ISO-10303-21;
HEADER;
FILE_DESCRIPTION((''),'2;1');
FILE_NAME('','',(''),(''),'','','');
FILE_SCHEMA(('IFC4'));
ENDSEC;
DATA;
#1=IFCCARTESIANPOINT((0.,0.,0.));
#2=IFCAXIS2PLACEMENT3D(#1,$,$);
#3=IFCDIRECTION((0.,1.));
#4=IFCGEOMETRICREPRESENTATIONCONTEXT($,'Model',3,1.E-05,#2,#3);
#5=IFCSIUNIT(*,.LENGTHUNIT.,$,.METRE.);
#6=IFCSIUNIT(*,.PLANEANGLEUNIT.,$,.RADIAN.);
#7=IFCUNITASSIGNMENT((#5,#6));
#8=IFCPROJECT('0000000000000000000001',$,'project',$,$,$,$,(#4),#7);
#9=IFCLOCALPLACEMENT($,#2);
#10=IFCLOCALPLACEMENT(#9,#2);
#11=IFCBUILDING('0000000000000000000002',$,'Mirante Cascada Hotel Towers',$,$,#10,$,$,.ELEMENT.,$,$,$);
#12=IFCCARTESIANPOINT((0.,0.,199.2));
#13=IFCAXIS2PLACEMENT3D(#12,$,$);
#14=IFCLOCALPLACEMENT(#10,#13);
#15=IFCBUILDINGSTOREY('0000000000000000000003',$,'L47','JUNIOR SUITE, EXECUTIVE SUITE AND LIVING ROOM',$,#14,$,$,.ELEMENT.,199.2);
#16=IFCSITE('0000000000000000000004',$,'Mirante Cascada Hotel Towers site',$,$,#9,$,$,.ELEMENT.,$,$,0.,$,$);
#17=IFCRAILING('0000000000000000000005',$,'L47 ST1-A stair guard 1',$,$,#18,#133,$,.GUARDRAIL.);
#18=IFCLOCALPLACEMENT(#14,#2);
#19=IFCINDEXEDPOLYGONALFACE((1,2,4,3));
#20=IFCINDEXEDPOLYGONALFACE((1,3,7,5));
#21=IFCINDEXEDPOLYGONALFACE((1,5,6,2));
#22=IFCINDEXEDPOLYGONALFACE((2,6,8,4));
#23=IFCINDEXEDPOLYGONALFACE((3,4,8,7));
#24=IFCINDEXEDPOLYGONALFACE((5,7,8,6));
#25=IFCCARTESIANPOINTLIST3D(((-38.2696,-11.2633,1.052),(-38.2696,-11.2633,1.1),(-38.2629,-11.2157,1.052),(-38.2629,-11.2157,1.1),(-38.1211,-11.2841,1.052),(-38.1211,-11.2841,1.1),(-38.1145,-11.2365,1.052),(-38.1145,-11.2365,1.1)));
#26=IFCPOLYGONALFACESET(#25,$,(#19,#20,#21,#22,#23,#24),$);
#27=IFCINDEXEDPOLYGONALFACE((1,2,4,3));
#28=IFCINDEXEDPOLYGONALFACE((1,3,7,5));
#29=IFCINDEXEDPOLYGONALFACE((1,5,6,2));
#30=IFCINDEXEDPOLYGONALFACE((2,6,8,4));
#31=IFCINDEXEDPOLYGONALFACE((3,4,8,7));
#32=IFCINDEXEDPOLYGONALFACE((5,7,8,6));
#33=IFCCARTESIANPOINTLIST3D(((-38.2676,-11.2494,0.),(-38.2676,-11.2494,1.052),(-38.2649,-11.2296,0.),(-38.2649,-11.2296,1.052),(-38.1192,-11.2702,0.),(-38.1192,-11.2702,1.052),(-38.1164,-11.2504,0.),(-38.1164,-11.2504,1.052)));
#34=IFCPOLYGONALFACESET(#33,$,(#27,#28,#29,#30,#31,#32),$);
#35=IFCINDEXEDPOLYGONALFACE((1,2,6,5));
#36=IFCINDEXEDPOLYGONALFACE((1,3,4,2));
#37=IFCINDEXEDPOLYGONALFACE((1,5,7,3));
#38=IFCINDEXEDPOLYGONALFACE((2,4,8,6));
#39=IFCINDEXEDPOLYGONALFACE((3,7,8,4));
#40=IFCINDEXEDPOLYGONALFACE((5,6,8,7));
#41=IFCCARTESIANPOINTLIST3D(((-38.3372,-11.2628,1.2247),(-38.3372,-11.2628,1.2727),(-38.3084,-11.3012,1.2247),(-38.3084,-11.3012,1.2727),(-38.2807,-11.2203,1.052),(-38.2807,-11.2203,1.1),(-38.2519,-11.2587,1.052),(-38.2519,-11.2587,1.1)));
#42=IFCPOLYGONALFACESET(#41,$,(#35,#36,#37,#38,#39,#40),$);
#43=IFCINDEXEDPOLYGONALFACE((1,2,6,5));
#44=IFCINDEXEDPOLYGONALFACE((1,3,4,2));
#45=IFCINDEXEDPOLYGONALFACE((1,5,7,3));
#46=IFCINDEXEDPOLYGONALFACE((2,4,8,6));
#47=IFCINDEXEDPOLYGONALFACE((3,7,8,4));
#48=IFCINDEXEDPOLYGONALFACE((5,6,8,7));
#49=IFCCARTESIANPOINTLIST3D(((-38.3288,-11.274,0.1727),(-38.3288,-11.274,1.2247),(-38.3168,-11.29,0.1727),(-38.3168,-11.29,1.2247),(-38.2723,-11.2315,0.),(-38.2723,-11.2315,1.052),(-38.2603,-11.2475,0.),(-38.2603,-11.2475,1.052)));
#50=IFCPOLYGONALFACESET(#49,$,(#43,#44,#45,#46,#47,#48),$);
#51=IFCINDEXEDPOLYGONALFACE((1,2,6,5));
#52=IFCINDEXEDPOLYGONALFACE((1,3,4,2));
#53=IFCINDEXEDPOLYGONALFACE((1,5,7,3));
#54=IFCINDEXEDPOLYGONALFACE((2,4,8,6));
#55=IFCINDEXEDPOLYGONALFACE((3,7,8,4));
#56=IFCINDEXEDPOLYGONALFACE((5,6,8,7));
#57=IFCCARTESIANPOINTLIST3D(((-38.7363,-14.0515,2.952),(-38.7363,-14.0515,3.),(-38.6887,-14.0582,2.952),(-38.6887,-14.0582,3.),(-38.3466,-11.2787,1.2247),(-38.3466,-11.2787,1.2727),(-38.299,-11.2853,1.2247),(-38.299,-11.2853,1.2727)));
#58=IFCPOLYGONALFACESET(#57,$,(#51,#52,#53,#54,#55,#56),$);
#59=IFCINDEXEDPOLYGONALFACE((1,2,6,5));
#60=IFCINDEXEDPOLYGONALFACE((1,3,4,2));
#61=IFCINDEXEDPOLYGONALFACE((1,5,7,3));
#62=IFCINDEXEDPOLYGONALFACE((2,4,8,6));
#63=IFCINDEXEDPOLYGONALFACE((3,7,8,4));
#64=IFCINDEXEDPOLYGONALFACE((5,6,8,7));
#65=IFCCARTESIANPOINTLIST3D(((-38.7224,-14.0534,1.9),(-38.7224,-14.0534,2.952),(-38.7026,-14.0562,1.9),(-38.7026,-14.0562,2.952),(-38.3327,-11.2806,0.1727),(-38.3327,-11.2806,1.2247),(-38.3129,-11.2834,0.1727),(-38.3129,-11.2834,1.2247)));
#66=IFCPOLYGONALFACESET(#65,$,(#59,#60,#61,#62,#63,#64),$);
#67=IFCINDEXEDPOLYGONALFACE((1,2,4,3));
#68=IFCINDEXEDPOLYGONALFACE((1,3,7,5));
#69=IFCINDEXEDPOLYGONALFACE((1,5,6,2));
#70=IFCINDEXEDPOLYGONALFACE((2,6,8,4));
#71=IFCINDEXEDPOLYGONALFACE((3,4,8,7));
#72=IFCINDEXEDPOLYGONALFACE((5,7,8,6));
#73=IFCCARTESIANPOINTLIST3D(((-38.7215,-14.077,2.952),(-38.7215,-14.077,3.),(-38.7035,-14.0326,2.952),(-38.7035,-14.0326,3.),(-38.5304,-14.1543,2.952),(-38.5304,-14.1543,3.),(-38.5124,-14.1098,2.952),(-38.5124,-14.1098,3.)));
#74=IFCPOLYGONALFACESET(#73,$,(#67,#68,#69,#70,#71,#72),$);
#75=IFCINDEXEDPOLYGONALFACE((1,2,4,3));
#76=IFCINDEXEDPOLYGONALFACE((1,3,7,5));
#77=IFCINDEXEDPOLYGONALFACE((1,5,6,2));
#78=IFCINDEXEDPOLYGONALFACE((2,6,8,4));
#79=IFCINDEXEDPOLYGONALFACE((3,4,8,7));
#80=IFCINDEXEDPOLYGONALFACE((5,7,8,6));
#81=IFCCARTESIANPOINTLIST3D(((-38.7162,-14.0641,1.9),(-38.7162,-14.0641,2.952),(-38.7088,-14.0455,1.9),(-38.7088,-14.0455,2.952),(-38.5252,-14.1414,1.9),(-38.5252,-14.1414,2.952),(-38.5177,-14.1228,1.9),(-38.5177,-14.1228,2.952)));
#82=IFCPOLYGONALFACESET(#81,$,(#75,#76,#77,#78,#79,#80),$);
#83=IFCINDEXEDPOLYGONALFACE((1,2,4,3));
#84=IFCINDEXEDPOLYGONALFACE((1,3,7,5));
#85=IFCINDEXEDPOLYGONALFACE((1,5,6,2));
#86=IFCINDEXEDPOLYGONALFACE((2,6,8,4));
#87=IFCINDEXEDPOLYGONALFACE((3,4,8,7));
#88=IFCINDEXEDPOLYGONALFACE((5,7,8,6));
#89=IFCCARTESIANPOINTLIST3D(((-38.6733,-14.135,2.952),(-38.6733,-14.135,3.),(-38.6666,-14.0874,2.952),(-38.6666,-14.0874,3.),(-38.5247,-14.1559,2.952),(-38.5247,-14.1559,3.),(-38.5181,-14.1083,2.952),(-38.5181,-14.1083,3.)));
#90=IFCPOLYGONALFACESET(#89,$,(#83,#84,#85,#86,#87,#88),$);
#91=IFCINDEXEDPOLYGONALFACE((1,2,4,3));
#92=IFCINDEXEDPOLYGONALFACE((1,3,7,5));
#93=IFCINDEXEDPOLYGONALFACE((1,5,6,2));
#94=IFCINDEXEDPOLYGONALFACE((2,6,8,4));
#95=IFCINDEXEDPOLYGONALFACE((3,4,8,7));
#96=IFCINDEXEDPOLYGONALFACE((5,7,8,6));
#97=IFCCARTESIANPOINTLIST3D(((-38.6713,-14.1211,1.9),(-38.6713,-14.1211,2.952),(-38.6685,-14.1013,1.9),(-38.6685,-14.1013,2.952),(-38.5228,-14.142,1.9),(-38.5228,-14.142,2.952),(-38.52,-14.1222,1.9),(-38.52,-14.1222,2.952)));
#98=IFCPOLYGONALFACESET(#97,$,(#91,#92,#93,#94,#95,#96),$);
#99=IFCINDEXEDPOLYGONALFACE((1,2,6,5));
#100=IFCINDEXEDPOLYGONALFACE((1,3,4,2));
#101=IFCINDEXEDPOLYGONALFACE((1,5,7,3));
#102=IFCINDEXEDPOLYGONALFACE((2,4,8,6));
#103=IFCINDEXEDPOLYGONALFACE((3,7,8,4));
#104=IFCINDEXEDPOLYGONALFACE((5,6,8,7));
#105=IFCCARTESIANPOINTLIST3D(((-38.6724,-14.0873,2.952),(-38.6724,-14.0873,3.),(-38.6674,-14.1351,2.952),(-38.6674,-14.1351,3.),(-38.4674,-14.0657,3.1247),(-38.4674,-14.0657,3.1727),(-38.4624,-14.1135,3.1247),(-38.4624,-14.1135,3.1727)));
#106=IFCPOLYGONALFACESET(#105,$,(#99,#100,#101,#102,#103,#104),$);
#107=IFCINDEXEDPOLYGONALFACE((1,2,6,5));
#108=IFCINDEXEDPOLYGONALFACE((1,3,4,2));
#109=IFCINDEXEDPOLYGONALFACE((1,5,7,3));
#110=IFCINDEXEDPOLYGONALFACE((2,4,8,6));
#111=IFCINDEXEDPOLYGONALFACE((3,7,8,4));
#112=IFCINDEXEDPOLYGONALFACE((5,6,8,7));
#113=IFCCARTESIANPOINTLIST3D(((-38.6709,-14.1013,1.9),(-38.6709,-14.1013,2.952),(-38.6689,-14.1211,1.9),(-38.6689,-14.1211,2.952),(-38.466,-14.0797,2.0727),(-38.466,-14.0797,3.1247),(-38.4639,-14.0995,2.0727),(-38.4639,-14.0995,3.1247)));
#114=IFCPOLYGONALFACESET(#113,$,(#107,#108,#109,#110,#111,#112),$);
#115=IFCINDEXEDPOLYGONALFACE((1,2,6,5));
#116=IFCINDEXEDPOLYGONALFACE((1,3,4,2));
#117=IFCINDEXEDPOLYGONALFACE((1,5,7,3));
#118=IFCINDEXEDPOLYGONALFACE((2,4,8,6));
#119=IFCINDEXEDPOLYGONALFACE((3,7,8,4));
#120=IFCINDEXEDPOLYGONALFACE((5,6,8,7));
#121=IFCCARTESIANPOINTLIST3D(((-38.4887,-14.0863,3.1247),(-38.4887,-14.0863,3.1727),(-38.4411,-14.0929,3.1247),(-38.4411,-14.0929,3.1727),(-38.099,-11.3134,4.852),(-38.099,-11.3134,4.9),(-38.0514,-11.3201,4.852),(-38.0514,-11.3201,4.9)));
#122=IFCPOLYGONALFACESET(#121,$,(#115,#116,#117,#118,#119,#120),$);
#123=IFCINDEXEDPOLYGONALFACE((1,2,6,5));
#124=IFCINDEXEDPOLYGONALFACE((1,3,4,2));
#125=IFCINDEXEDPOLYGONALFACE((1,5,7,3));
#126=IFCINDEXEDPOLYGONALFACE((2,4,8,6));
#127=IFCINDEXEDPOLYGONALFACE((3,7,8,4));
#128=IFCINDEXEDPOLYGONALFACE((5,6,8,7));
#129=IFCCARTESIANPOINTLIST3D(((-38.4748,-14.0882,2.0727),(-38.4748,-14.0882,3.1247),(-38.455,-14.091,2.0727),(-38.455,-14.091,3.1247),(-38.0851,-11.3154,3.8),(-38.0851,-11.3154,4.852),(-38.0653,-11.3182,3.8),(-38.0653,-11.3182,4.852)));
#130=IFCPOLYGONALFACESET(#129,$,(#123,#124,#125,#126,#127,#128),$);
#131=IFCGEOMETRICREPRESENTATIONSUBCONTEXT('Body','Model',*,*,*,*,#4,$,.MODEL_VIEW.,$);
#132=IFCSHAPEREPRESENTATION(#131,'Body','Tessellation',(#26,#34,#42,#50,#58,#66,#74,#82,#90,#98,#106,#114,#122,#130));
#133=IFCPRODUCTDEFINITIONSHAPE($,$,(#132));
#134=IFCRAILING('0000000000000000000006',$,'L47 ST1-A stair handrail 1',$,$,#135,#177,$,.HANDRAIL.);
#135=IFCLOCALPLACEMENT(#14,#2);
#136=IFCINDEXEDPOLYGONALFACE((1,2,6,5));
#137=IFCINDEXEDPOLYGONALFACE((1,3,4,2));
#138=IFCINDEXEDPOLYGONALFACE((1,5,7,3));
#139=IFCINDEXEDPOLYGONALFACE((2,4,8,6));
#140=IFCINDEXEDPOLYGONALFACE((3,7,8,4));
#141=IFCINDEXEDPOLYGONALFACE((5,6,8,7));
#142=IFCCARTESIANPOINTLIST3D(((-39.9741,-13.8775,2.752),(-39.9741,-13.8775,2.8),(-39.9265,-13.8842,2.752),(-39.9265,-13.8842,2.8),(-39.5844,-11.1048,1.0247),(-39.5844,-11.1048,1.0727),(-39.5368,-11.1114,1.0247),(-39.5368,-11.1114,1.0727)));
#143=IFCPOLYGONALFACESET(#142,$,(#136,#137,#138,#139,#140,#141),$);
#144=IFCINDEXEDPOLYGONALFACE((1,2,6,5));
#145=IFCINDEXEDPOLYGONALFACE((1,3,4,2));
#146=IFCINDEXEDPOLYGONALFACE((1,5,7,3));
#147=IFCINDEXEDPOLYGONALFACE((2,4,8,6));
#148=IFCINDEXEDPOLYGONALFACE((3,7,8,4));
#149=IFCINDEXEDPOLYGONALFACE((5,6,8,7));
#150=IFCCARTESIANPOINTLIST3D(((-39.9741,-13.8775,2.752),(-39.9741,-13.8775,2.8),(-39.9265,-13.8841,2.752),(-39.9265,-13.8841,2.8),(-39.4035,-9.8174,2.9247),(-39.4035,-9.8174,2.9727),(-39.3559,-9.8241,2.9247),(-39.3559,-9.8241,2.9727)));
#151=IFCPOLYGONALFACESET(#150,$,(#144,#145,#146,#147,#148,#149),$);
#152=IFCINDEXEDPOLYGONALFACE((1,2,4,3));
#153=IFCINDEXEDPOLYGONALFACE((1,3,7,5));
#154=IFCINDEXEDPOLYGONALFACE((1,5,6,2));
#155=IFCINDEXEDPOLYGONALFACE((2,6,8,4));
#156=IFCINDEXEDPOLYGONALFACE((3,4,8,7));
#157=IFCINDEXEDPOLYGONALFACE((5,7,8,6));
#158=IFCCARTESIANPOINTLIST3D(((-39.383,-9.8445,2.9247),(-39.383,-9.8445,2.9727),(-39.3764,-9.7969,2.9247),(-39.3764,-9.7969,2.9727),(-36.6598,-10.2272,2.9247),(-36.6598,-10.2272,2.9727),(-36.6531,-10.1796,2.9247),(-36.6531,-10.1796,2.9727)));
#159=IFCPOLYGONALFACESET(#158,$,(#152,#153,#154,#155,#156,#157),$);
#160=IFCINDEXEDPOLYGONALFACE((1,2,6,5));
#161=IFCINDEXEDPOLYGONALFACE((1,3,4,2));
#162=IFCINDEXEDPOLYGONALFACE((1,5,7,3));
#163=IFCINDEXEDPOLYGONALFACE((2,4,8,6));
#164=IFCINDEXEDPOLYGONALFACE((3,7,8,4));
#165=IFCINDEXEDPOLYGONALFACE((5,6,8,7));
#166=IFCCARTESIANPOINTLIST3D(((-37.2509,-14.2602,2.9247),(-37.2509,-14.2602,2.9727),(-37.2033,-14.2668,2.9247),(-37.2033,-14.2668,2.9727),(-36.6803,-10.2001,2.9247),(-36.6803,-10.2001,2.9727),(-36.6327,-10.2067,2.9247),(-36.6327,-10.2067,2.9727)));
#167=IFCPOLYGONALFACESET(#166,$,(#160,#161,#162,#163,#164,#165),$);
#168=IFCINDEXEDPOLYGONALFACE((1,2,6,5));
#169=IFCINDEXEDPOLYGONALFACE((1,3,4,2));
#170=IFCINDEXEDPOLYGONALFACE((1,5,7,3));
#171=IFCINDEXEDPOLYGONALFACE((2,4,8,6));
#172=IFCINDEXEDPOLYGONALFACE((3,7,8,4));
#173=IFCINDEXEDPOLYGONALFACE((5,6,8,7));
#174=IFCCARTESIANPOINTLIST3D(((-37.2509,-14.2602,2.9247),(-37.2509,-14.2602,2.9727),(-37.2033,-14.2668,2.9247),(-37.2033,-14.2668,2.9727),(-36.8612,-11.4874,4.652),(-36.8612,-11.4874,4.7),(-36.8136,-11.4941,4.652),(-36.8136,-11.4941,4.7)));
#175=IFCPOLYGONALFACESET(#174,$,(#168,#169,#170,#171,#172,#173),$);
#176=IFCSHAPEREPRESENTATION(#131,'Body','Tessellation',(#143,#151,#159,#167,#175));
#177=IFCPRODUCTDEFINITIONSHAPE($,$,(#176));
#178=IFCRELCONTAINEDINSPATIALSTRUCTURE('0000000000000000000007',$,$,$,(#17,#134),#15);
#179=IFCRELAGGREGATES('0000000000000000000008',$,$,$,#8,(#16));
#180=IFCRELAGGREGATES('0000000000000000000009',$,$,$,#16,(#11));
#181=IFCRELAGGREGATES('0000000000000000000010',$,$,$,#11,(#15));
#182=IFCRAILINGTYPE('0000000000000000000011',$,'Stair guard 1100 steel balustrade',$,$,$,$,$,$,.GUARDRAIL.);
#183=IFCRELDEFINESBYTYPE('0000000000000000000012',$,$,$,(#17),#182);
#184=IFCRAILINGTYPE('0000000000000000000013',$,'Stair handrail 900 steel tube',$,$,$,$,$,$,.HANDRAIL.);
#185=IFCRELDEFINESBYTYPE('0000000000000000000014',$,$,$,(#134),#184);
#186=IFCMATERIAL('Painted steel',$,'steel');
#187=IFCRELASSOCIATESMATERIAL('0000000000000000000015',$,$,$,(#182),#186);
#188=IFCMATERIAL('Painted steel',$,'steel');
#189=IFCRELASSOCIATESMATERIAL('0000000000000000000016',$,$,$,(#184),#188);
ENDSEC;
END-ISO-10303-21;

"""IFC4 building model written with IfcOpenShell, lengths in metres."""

from ifc_helpers import new_model, si_unit, direction, frame, origin, origin_2d, place, context, subcontext, project, spatial, rectangle, extrude, material, type_object, element, save


model = new_model("IFC4")

# Units and contexts
model_context = context("Model", 3, precision=1e-05, world=origin(), true_north=direction((0.0, 1.0)))
body_context = subcontext(model_context, "Body", "Model", "MODEL_VIEW")
ifc_project = project(units=[si_unit("LENGTHUNIT", "METRE"), si_unit("PLANEANGLEUNIT", "RADIAN")], contexts=[model_context])

# Site, building, storey
site_placement = place(None, origin())
site = spatial("IfcSite", under=ifc_project, at=site_placement, Name="Mirante Cascada Hotel Towers site", CompositionType="ELEMENT", RefElevation=0.0)
building_placement = place(site_placement, origin())
building = spatial("IfcBuilding", under=site, at=building_placement, Name="Mirante Cascada Hotel Towers", CompositionType="ELEMENT")
storey_placement = place(building_placement, frame((0.0, 0.0, 199.2)))
storey = spatial("IfcBuildingStorey", under=building, at=storey_placement, Name="L47", Description="JUNIOR SUITE, EXECUTIVE SUITE AND LIVING ROOM", CompositionType="ELEMENT", Elevation=199.2)

# Railings
ifc_material_1 = material(Name="Painted steel", Category="steel")
railing_type_1 = type_object("IfcRailingType", Name="Stair guard 1100 steel balustrade", PredefinedType="GUARDRAIL", material=ifc_material_1)
railing_1_placement = place(storey_placement, frame((-38.1178, -11.2603, 0.0)))
element("IfcRailing", 1, at=railing_1_placement, inside=storey, type_object=railing_type_1, Name="L47 ST1-A stair guard 1", PredefinedType="GUARDRAIL", context=body_context, shape_type="SweptSolid", body=[
    extrude(rectangle(XDim=0.048, YDim=0.048, at=origin_2d()), frame((0.0, 0.0, 1.076), z_axis=(-0.990333, 0.138713, 0.0), x_axis=(-0.138713, -0.990333, 0.0)), (0.0, 0.0, 1.0), 0.1499),
    extrude(rectangle(XDim=0.02, YDim=1.052, at=origin_2d()), frame((0.0, 0.0, 0.526), z_axis=(-0.990333, 0.138713, 0.0), x_axis=(-0.138713, -0.990333, 0.0)), (0.0, 0.0, 1.0), 0.1499),
    extrude(rectangle(XDim=0.048, YDim=0.048, at=origin_2d()), frame((-0.1485, 0.0208, 1.076), z_axis=(-0.79915, -0.601131, 0.0), x_axis=(0.601131, -0.79915, 0.0)), (0.0, 0.925453, 0.378863), 0.1866),
    extrude(rectangle(XDim=0.02, YDim=1.052, at=origin_2d()), frame((-0.1485, 0.0208, 0.526), z_axis=(-0.79915, -0.601131, 0.0), x_axis=(0.601131, -0.79915, 0.0)), (0.0, 0.925453, 0.378863), 0.1866),
    extrude(rectangle(XDim=0.048, YDim=0.048, at=origin_2d()), frame((-0.205, -0.0217, 1.2487), z_axis=(-0.139176, -0.990268, 0.0), x_axis=(0.990268, -0.139176, 0.0)), (0.0, 0.525021, 0.851089), 3.29),
    extrude(rectangle(XDim=0.02, YDim=1.052, at=origin_2d()), frame((-0.205, -0.0217, 0.6987), z_axis=(-0.139176, -0.990268, 0.0), x_axis=(0.990268, -0.139176, 0.0)), (0.0, 0.525021, 0.851089), 3.29),
    extrude(rectangle(XDim=0.048, YDim=0.048, at=origin_2d()), frame((-0.5947, -2.7945, 2.976), z_axis=(0.927031, -0.374984, 0.0), x_axis=(0.374984, 0.927031, 0.0)), (0.0, 0.0, 1.0), 0.2061),
    extrude(rectangle(XDim=0.02, YDim=1.052, at=origin_2d()), frame((-0.5947, -2.7945, 2.426), z_axis=(0.927031, -0.374984, 0.0), x_axis=(0.374984, 0.927031, 0.0)), (0.0, 0.0, 1.0), 0.2061),
    extrude(rectangle(XDim=0.048, YDim=0.048, at=origin_2d()), frame((-0.4036, -2.8718, 2.976), z_axis=(-0.990241, 0.139367, 0.0), x_axis=(-0.139367, -0.990241, 0.0)), (0.0, 0.0, 1.0), 0.15),
    extrude(rectangle(XDim=0.02, YDim=1.052, at=origin_2d()), frame((-0.4036, -2.8718, 2.426), z_axis=(-0.990241, 0.139367, 0.0), x_axis=(-0.139367, -0.990241, 0.0)), (0.0, 0.0, 1.0), 0.15),
    extrude(rectangle(XDim=0.048, YDim=0.048, at=origin_2d()), frame((-0.5521, -2.8509, 2.976), z_axis=(0.994495, 0.104786, 0.0), x_axis=(-0.104786, 0.994495, 0.0)), (0.0, 0.642203, 0.766534), 0.2689),
    extrude(rectangle(XDim=0.02, YDim=1.052, at=origin_2d()), frame((-0.5521, -2.8509, 2.426), z_axis=(0.994495, 0.104786, 0.0), x_axis=(-0.104786, 0.994495, 0.0)), (0.0, 0.642203, 0.766534), 0.2689),
    extrude(rectangle(XDim=0.048, YDim=0.048, at=origin_2d()), frame((-0.3471, -2.8293, 3.1487), z_axis=(0.139176, 0.990268, 0.0), x_axis=(-0.990268, 0.139176, 0.0)), (0.0, 0.525021, 0.851089), 3.29),
    extrude(rectangle(XDim=0.02, YDim=1.052, at=origin_2d()), frame((-0.3471, -2.8293, 2.5987), z_axis=(0.139176, 0.990268, 0.0), x_axis=(-0.990268, 0.139176, 0.0)), (0.0, 0.525021, 0.851089), 3.29),
])
ifc_material_2 = material(Name="Painted steel", Category="steel")
railing_type_2 = type_object("IfcRailingType", Name="Stair handrail 900 steel tube", PredefinedType="HANDRAIL", material=ifc_material_2)
railing_2_placement = place(storey_placement, frame((-39.5606, -11.1081, 0.1727)))
element("IfcRailing", 2, at=railing_2_placement, inside=storey, type_object=railing_type_2, Name="L47 ST1-A stair handrail 1", PredefinedType="HANDRAIL", context=body_context, shape_type="SweptSolid", body=[
    extrude(rectangle(XDim=0.048, YDim=0.048, at=origin_2d()), frame((0.0, 0.0, 0.876), z_axis=(-0.139181, -0.990267, 0.0), x_axis=(0.990267, -0.139181, 0.0)), (0.0, 0.525035, 0.851081), 3.2899),
    extrude(rectangle(XDim=0.048, YDim=0.048, at=origin_2d()), frame((-0.3897, -2.7727, 2.6033), z_axis=(0.139171, 0.990268, 0.0), x_axis=(-0.990268, 0.139171, 0.0)), (0.0, 0.042085, 0.999114), 4.1036),
    extrude(rectangle(XDim=0.048, YDim=0.048, at=origin_2d()), frame((0.1809, 1.2874, 2.776), z_axis=(0.990269, -0.139166, 0.0), x_axis=(0.139166, 0.990269, 0.0)), (0.0, 0.0, 1.0), 2.75),
    extrude(rectangle(XDim=0.048, YDim=0.048, at=origin_2d()), frame((2.9041, 0.9047, 2.776), z_axis=(-0.139171, -0.990268, 0.0), x_axis=(0.990268, -0.139171, 0.0)), (0.0, 0.0, 1.0), 4.1),
    extrude(rectangle(XDim=0.048, YDim=0.048, at=origin_2d()), frame((2.3335, -3.1554, 2.776), z_axis=(0.139181, 0.990267, 0.0), x_axis=(-0.990267, 0.139181, 0.0)), (0.0, 0.525035, 0.851081), 3.2899),
])

save(model, "model.ifc")
